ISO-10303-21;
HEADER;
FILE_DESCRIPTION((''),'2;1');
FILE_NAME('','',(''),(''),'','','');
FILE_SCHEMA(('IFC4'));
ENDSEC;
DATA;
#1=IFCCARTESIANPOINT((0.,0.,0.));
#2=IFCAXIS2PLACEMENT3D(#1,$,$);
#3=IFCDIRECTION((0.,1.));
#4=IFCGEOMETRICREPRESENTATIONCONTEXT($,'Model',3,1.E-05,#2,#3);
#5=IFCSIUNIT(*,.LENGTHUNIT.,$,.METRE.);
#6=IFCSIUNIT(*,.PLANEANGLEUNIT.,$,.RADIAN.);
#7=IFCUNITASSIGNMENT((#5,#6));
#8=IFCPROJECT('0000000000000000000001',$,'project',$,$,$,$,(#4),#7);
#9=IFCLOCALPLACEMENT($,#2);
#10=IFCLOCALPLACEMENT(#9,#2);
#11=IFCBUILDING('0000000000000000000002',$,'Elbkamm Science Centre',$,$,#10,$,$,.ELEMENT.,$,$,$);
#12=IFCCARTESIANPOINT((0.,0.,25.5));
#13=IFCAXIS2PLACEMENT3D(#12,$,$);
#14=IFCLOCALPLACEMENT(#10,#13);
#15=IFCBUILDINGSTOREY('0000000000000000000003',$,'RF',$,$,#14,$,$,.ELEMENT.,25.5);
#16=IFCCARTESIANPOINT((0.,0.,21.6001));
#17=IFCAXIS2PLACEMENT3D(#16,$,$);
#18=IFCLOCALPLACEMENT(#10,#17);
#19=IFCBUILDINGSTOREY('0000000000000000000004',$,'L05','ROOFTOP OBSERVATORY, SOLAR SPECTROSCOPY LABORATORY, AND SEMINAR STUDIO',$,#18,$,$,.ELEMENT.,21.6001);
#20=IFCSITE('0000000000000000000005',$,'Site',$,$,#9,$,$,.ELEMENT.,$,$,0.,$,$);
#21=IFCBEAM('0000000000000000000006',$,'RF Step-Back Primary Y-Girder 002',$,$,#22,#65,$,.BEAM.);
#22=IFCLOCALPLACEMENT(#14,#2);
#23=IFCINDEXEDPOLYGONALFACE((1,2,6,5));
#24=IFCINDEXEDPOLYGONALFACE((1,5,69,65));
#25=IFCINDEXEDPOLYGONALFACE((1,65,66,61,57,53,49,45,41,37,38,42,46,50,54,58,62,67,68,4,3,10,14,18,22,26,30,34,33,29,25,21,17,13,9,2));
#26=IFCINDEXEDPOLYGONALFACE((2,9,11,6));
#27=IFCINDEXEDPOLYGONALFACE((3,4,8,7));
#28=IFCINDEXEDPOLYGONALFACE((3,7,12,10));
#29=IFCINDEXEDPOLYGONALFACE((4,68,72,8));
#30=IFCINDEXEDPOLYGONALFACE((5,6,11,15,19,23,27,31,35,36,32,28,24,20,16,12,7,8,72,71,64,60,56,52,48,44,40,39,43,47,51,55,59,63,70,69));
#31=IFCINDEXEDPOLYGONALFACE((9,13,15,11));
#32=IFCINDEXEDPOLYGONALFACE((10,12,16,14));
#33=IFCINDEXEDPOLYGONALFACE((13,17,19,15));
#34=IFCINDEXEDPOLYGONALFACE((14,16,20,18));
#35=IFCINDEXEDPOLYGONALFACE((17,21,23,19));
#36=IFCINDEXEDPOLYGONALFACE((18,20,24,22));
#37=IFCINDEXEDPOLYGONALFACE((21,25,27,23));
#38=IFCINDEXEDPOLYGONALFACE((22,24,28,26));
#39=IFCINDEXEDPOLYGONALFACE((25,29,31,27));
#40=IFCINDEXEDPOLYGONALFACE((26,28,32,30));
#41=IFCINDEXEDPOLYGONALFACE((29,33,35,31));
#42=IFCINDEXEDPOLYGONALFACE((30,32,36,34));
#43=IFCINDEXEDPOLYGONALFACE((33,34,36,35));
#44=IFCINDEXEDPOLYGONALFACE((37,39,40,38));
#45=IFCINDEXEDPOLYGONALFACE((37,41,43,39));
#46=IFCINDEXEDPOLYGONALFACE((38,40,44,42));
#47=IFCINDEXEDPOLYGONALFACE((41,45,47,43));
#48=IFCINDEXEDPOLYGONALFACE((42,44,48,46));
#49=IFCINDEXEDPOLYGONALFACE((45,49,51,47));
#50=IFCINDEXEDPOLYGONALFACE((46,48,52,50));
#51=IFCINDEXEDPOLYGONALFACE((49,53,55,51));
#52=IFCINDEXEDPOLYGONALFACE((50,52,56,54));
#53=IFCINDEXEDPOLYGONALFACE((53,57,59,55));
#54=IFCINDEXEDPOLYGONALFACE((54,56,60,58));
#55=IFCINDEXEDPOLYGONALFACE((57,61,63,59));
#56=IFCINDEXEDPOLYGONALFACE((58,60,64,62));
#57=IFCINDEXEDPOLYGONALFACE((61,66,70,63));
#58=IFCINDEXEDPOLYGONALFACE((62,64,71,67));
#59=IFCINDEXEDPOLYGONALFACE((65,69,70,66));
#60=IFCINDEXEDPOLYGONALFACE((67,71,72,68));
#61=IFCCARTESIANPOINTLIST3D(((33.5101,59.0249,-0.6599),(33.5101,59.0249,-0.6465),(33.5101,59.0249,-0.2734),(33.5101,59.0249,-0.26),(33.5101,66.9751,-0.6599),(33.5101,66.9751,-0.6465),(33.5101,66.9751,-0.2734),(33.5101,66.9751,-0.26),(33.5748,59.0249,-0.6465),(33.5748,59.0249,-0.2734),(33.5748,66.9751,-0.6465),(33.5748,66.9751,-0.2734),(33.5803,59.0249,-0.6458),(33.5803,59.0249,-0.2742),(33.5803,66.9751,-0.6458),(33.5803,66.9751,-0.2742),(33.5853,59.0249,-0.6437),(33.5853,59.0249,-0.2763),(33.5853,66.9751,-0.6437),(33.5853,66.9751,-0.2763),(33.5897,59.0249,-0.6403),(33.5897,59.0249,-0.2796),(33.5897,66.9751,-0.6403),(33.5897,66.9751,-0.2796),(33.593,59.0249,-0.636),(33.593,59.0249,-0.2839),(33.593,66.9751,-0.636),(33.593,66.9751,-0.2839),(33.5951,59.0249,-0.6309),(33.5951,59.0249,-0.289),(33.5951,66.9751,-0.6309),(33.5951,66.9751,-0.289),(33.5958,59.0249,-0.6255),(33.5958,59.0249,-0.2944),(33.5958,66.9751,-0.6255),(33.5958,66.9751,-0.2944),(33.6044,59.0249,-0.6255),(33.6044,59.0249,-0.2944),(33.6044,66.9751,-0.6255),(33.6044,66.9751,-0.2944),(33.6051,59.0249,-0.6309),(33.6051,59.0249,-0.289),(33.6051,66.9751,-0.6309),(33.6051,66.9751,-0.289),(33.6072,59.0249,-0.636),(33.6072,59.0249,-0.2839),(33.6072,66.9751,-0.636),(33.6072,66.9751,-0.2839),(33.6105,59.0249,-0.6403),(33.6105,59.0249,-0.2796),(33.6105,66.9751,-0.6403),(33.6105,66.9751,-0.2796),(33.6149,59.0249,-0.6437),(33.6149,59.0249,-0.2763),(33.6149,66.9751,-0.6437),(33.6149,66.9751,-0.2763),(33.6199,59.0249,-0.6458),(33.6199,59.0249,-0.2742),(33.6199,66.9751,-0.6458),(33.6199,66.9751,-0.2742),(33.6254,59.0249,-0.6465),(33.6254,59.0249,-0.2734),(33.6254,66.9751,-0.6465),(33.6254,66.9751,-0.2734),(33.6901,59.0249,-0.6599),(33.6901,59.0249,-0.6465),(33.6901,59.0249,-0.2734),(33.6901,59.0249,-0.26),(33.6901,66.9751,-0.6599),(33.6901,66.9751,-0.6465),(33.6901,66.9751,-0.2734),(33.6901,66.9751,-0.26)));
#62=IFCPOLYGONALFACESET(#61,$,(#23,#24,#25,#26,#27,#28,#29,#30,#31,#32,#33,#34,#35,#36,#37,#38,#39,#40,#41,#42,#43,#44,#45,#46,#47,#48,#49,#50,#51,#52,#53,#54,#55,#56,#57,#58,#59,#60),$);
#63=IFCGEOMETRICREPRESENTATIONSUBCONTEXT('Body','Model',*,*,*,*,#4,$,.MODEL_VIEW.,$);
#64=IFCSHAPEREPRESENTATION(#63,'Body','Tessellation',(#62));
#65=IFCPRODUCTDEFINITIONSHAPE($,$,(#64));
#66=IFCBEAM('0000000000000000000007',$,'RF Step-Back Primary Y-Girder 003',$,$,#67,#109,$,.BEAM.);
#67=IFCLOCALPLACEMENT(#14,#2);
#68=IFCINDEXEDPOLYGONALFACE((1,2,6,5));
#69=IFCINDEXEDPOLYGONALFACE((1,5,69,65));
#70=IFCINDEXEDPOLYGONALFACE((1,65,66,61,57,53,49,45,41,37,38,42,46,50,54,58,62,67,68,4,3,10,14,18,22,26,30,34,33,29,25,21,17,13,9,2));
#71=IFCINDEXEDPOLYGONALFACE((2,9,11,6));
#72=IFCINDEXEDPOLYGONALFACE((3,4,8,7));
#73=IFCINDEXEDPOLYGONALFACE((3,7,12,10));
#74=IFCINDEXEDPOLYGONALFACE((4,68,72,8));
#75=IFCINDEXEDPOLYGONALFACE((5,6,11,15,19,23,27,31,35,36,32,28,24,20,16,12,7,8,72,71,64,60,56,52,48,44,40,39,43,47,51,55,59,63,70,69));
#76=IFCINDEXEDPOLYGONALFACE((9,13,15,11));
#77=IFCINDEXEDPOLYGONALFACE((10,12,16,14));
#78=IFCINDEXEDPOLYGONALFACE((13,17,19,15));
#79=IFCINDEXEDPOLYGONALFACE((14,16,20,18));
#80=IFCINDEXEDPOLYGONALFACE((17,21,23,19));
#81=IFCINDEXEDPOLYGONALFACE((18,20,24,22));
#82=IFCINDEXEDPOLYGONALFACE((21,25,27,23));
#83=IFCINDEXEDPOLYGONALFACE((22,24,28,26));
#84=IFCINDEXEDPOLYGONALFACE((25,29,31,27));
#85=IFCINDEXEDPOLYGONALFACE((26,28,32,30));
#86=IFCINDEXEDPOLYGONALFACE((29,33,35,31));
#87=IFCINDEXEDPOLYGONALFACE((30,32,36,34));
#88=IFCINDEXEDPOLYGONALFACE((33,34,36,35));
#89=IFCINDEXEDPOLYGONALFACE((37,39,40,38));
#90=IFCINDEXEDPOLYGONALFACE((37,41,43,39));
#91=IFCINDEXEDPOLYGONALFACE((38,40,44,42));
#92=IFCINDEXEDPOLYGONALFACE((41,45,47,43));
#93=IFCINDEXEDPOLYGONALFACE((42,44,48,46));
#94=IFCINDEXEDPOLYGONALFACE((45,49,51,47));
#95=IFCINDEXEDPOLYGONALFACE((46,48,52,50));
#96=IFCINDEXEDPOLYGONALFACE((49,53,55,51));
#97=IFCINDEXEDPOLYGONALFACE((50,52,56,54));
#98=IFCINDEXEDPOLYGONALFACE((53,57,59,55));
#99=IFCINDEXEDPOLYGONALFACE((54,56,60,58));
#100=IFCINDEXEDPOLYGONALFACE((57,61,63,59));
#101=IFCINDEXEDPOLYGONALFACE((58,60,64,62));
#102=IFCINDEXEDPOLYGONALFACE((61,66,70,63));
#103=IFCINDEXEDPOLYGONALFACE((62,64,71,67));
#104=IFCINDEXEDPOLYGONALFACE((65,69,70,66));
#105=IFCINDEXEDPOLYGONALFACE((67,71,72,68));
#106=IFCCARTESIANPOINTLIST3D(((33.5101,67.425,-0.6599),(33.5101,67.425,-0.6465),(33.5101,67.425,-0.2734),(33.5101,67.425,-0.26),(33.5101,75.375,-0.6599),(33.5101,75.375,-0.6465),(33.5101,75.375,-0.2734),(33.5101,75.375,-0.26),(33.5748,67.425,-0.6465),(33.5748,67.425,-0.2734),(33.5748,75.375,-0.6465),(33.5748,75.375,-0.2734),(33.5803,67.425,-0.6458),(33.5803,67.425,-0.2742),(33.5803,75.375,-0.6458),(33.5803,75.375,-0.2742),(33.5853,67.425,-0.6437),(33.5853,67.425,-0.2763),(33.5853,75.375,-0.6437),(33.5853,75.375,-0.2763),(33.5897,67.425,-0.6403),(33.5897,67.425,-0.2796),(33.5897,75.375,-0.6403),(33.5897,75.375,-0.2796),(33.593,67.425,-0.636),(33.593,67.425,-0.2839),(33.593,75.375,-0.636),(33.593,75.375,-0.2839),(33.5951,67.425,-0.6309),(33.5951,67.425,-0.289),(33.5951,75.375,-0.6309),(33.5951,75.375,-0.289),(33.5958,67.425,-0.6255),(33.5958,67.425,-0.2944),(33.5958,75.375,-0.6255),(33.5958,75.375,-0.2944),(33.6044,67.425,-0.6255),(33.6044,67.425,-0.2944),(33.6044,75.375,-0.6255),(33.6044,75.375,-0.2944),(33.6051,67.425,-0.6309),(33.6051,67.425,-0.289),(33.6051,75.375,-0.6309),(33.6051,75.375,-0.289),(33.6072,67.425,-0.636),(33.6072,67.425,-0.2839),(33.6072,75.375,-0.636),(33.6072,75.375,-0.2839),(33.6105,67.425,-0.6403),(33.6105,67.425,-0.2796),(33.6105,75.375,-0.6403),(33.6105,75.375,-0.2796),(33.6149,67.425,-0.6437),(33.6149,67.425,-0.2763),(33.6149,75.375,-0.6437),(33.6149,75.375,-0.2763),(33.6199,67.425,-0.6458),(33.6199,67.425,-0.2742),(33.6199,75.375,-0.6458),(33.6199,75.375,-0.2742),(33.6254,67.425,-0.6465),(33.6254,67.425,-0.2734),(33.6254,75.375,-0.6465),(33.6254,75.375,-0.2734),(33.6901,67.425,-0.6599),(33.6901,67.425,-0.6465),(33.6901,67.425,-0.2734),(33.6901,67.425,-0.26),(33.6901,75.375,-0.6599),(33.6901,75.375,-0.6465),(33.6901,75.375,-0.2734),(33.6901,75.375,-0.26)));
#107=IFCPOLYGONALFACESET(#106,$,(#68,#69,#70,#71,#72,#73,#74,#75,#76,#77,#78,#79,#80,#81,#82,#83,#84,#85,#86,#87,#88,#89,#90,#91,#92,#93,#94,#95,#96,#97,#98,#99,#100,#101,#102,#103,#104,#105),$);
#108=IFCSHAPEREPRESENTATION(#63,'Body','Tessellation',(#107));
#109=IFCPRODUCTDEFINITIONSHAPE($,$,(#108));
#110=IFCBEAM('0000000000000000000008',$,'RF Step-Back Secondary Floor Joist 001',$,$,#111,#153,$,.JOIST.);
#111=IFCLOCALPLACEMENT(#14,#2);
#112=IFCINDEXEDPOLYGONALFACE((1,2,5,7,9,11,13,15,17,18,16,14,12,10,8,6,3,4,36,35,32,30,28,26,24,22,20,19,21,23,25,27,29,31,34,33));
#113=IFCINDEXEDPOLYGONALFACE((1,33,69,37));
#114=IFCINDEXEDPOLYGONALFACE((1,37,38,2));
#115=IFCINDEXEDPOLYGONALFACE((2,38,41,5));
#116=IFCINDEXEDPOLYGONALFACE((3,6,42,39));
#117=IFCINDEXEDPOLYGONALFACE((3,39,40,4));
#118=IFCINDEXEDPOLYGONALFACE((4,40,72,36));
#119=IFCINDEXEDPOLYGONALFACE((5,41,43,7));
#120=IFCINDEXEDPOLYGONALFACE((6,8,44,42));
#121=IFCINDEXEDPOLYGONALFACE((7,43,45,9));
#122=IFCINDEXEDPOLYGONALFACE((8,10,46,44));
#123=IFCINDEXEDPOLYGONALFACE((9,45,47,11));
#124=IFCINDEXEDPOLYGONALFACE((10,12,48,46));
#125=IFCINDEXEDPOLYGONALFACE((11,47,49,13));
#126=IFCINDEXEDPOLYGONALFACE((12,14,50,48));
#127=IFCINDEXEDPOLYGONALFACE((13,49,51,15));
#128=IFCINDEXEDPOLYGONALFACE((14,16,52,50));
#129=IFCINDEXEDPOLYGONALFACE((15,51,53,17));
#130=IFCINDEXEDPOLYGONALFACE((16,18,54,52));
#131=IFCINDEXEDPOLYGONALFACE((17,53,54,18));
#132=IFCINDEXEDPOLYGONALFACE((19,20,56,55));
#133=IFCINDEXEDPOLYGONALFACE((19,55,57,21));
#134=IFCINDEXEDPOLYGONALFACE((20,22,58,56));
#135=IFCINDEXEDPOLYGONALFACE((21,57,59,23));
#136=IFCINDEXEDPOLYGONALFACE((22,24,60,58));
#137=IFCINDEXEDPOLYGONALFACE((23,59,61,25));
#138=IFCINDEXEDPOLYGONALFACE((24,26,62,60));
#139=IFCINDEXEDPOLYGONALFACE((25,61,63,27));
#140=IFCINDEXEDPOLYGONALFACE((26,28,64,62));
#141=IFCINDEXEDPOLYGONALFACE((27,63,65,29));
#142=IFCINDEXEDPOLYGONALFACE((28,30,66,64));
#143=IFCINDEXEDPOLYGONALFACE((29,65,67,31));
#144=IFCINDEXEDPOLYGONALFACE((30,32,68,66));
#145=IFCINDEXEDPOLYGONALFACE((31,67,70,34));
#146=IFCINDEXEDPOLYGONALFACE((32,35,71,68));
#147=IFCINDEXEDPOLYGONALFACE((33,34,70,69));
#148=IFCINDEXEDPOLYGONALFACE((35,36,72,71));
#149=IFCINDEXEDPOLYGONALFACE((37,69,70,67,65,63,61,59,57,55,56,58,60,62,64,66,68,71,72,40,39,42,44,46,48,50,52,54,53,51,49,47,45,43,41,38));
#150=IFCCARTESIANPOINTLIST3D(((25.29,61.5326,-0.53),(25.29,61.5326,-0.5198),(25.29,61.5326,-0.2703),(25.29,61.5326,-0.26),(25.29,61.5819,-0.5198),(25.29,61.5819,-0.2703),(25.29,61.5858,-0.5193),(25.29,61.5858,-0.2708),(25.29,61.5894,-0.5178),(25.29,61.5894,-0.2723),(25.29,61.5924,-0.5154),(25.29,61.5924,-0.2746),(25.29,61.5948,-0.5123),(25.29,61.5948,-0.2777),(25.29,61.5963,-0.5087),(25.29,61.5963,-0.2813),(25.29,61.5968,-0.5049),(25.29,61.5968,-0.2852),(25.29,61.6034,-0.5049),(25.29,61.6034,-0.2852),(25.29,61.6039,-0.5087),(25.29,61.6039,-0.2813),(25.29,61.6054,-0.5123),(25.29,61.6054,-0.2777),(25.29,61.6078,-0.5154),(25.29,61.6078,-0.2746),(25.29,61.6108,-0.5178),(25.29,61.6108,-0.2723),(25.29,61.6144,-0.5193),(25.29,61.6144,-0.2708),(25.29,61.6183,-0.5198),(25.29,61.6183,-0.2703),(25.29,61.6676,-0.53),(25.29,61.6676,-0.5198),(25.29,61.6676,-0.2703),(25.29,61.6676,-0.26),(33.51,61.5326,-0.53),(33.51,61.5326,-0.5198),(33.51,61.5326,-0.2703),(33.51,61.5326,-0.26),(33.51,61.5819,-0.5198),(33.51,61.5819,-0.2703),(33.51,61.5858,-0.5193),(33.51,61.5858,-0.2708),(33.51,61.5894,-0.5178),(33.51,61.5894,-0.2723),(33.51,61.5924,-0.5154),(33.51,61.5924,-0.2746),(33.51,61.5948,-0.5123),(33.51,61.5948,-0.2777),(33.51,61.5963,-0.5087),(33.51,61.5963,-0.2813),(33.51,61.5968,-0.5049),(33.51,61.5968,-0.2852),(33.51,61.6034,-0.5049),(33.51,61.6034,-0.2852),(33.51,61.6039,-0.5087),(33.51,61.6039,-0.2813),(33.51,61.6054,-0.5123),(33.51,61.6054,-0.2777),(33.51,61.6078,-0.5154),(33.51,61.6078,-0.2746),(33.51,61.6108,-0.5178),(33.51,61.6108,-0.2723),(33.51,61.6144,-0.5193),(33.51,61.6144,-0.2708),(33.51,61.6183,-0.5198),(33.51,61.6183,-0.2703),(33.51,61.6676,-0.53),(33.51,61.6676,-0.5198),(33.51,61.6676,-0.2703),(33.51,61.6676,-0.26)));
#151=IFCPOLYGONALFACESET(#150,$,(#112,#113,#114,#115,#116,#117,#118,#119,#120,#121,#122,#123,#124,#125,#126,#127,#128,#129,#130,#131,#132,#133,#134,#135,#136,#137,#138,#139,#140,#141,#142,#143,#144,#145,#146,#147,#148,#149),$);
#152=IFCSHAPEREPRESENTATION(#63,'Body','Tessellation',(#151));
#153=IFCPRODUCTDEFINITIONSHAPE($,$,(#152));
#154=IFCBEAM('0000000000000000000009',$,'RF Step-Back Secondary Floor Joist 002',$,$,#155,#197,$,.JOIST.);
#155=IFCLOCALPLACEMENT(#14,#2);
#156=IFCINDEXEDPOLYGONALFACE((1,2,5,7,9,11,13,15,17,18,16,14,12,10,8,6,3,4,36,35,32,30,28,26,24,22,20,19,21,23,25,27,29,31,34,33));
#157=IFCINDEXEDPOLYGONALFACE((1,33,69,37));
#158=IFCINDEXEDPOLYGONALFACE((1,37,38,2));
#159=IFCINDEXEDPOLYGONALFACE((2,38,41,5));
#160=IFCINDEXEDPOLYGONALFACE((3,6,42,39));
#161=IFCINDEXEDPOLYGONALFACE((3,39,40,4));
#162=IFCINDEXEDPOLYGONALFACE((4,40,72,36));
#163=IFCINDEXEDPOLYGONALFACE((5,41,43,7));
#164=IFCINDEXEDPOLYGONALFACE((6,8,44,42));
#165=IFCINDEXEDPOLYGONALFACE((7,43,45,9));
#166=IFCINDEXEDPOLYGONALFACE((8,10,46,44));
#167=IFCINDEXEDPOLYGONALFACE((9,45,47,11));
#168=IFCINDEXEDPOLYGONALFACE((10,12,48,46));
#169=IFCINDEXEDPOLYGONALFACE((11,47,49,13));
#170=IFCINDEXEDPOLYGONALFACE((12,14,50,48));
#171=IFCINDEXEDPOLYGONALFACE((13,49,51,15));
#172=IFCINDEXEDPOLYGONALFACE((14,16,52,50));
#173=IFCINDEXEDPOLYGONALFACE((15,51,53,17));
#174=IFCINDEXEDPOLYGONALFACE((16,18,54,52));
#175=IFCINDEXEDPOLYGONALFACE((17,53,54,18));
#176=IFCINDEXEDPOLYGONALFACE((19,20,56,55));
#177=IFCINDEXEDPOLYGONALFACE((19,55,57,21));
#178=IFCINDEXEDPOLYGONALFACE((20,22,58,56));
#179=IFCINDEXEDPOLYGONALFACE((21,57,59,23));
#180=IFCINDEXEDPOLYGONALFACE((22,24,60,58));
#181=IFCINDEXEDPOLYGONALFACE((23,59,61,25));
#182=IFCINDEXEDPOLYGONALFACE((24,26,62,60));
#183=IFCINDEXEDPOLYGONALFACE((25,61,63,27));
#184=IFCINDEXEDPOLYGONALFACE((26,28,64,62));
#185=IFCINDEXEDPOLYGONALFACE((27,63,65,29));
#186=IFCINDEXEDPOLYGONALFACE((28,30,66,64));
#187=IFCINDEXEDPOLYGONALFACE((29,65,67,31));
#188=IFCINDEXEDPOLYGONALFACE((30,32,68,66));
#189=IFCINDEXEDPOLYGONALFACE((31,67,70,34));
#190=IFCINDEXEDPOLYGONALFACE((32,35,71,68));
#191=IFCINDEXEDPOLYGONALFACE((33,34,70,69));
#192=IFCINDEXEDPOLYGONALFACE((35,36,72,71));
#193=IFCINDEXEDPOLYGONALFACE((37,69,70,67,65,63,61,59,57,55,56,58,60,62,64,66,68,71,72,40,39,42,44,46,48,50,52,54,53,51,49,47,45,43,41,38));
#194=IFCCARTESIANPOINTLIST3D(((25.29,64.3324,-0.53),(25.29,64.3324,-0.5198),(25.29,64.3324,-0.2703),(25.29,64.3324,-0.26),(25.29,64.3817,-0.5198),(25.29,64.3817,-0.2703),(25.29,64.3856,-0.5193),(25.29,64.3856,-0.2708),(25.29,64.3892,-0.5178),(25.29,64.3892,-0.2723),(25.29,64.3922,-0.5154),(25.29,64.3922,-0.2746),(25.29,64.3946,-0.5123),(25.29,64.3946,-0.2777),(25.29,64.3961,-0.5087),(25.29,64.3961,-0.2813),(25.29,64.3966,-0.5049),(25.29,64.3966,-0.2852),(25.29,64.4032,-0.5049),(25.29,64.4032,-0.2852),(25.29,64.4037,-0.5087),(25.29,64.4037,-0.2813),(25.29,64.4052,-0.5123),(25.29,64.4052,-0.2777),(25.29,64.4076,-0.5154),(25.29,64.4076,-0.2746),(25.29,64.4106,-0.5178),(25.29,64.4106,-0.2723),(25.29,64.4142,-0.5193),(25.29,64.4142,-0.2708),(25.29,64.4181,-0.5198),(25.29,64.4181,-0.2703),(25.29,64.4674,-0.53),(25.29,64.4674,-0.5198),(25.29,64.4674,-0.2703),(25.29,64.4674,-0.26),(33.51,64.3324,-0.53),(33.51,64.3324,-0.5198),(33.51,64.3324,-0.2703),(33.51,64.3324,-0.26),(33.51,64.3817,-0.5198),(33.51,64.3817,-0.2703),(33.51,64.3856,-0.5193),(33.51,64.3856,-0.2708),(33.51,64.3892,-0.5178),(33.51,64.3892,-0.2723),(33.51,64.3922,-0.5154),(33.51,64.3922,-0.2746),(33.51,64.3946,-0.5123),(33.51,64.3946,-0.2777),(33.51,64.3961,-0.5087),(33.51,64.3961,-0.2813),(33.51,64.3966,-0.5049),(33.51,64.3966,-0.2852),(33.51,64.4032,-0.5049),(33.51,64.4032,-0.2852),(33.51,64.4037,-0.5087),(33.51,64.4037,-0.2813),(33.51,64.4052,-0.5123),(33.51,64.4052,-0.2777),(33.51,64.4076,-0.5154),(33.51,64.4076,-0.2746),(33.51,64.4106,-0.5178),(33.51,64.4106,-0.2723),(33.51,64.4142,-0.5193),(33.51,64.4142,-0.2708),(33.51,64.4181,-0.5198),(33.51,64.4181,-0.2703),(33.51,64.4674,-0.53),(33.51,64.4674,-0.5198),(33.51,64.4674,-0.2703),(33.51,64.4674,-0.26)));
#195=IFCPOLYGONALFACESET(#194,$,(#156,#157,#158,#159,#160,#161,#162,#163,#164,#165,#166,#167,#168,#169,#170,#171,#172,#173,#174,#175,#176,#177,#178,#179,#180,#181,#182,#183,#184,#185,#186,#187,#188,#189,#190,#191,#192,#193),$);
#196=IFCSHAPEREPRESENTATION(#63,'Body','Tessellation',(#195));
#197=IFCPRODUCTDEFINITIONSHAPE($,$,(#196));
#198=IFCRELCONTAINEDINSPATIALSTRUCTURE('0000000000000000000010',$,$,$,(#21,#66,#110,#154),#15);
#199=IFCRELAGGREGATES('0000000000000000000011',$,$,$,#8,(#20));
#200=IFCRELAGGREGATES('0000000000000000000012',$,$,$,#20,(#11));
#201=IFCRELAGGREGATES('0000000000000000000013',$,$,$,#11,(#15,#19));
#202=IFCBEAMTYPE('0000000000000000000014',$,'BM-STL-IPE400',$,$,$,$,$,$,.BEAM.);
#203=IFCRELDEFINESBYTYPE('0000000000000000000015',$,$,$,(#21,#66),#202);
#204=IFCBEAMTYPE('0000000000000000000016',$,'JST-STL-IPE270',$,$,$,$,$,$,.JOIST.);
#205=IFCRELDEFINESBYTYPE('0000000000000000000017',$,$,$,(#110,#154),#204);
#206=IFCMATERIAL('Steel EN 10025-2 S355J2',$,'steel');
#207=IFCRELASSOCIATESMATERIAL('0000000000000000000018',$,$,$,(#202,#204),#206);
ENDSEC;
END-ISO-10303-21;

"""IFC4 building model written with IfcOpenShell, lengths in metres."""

from ifc_helpers import new_model, si_unit, direction, frame, origin, origin_2d, place, context, subcontext, project, spatial, i_section, extrude, material, material_profile, profile_set, type_object, element, save


model = new_model("IFC4")

# Units and contexts
model_context = context("Model", 3, precision=1e-05, world=origin(), true_north=direction((0.0, 1.0)))
body_context = subcontext(model_context, "Body", "Model", "MODEL_VIEW")
ifc_project = project(units=[si_unit("LENGTHUNIT", "METRE"), si_unit("PLANEANGLEUNIT", "RADIAN")], contexts=[model_context])

# Site, building, storey
site_placement = place(None, origin())
site = spatial("IfcSite", under=ifc_project, at=site_placement, Name="Site", CompositionType="ELEMENT", RefElevation=0.0)
building_placement = place(site_placement, origin())
building = spatial("IfcBuilding", under=site, at=building_placement, Name="Elbkamm Science Centre", CompositionType="ELEMENT")
storey_1_placement = place(building_placement, frame((0.0, 0.0, 25.5)))
storey_1 = spatial("IfcBuildingStorey", under=building, at=storey_1_placement, Name="RF", CompositionType="ELEMENT", Elevation=25.5)

# Beams
ifc_material_1 = material(Name="Steel EN 10025-2 S355J2", Category="steel")
ifc_material_profile_1 = material_profile(ifc_material_1, i_section(OverallWidth=0.1799, OverallDepth=0.3999, WebThickness=0.0085, FlangeThickness=0.0134, FilletRadius=0.021, at=origin_2d()), Name="IPE 400")
ifc_profile_set_1 = profile_set([ifc_material_profile_1], Name="Steel EN 10025-2 S355J2")
beam_type_1 = type_object("IfcBeamType", Name="BM-STL-IPE400", PredefinedType="BEAM", material=ifc_profile_set_1)
for number, where, z_axis, x_axis, name in (
    (1, (33.6001, 59.0249, -0.46), (0.0, 1.0, 0.0), (-1.0, 0.0, 0.0), "RF Step-Back Primary Y-Girder 002"),
):
    element("IfcBeam", number, at=place(storey_1_placement, frame(where, z_axis=z_axis, x_axis=x_axis)), inside=storey_1, type_object=beam_type_1, Name=name, PredefinedType="BEAM", context=body_context, shape_type="SweptSolid", body=[
        extrude(i_section(OverallWidth=0.1799, OverallDepth=0.3999, WebThickness=0.0085, FlangeThickness=0.0134, FilletRadius=0.021, at=origin_2d()), origin(), (0.0, 0.0, 1.0), 7.9502),
    ])
beam_placement = place(storey_1_placement, frame((33.6001, 67.425, -0.46), z_axis=(0.0, 1.0, 0.0), x_axis=(-1.0, 0.0, 0.0)))
element("IfcBeam", 2, at=beam_placement, inside=storey_1, type_object=beam_type_1, Name="RF Step-Back Primary Y-Girder 003", PredefinedType="BEAM", context=body_context, shape_type="SweptSolid", body=[
    extrude(i_section(OverallWidth=0.1799, OverallDepth=0.3999, WebThickness=0.0085, FlangeThickness=0.0134, FilletRadius=0.021, at=origin_2d()), origin(), (0.0, 0.0, 1.0), 7.95),
])
ifc_material_profile_2 = material_profile(ifc_material_1, i_section(OverallWidth=0.135, OverallDepth=0.27, WebThickness=0.0066, FlangeThickness=0.0103, FilletRadius=0.0149, at=origin_2d()), Name="IPE 270")
ifc_profile_set_2 = profile_set([ifc_material_profile_2], Name="Steel EN 10025-2 S355J2")
beam_type_2 = type_object("IfcBeamType", Name="JST-STL-IPE270", PredefinedType="JOIST", material=ifc_profile_set_2)
for number, where, z_axis, x_axis, name in (
    (3, (25.29, 61.6001, -0.395), (1.0, 0.0, 0.0), (0.0, 1.0, 0.0), "RF Step-Back Secondary Floor Joist 001"),
    (4, (25.29, 64.3999, -0.395), (1.0, 0.0, 0.0), (0.0, 1.0, 0.0), "RF Step-Back Secondary Floor Joist 002"),
):
    element("IfcBeam", number, at=place(storey_1_placement, frame(where, z_axis=z_axis, x_axis=x_axis)), inside=storey_1, type_object=beam_type_2, Name=name, PredefinedType="JOIST", context=body_context, shape_type="SweptSolid", body=[
        extrude(i_section(OverallWidth=0.135, OverallDepth=0.27, WebThickness=0.0066, FlangeThickness=0.0103, FilletRadius=0.0149, at=origin_2d()), origin(), (0.0, 0.0, 1.0), 8.22),
    ])

# Shared definitions
storey_2_placement = place(building_placement, frame((0.0, 0.0, 21.6001)))
storey_2 = spatial("IfcBuildingStorey", under=building, at=storey_2_placement, Name="L05", Description="ROOFTOP OBSERVATORY, SOLAR SPECTROSCOPY LABORATORY, AND SEMINAR STUDIO", CompositionType="ELEMENT", Elevation=21.6001)

save(model, "model.ifc")
